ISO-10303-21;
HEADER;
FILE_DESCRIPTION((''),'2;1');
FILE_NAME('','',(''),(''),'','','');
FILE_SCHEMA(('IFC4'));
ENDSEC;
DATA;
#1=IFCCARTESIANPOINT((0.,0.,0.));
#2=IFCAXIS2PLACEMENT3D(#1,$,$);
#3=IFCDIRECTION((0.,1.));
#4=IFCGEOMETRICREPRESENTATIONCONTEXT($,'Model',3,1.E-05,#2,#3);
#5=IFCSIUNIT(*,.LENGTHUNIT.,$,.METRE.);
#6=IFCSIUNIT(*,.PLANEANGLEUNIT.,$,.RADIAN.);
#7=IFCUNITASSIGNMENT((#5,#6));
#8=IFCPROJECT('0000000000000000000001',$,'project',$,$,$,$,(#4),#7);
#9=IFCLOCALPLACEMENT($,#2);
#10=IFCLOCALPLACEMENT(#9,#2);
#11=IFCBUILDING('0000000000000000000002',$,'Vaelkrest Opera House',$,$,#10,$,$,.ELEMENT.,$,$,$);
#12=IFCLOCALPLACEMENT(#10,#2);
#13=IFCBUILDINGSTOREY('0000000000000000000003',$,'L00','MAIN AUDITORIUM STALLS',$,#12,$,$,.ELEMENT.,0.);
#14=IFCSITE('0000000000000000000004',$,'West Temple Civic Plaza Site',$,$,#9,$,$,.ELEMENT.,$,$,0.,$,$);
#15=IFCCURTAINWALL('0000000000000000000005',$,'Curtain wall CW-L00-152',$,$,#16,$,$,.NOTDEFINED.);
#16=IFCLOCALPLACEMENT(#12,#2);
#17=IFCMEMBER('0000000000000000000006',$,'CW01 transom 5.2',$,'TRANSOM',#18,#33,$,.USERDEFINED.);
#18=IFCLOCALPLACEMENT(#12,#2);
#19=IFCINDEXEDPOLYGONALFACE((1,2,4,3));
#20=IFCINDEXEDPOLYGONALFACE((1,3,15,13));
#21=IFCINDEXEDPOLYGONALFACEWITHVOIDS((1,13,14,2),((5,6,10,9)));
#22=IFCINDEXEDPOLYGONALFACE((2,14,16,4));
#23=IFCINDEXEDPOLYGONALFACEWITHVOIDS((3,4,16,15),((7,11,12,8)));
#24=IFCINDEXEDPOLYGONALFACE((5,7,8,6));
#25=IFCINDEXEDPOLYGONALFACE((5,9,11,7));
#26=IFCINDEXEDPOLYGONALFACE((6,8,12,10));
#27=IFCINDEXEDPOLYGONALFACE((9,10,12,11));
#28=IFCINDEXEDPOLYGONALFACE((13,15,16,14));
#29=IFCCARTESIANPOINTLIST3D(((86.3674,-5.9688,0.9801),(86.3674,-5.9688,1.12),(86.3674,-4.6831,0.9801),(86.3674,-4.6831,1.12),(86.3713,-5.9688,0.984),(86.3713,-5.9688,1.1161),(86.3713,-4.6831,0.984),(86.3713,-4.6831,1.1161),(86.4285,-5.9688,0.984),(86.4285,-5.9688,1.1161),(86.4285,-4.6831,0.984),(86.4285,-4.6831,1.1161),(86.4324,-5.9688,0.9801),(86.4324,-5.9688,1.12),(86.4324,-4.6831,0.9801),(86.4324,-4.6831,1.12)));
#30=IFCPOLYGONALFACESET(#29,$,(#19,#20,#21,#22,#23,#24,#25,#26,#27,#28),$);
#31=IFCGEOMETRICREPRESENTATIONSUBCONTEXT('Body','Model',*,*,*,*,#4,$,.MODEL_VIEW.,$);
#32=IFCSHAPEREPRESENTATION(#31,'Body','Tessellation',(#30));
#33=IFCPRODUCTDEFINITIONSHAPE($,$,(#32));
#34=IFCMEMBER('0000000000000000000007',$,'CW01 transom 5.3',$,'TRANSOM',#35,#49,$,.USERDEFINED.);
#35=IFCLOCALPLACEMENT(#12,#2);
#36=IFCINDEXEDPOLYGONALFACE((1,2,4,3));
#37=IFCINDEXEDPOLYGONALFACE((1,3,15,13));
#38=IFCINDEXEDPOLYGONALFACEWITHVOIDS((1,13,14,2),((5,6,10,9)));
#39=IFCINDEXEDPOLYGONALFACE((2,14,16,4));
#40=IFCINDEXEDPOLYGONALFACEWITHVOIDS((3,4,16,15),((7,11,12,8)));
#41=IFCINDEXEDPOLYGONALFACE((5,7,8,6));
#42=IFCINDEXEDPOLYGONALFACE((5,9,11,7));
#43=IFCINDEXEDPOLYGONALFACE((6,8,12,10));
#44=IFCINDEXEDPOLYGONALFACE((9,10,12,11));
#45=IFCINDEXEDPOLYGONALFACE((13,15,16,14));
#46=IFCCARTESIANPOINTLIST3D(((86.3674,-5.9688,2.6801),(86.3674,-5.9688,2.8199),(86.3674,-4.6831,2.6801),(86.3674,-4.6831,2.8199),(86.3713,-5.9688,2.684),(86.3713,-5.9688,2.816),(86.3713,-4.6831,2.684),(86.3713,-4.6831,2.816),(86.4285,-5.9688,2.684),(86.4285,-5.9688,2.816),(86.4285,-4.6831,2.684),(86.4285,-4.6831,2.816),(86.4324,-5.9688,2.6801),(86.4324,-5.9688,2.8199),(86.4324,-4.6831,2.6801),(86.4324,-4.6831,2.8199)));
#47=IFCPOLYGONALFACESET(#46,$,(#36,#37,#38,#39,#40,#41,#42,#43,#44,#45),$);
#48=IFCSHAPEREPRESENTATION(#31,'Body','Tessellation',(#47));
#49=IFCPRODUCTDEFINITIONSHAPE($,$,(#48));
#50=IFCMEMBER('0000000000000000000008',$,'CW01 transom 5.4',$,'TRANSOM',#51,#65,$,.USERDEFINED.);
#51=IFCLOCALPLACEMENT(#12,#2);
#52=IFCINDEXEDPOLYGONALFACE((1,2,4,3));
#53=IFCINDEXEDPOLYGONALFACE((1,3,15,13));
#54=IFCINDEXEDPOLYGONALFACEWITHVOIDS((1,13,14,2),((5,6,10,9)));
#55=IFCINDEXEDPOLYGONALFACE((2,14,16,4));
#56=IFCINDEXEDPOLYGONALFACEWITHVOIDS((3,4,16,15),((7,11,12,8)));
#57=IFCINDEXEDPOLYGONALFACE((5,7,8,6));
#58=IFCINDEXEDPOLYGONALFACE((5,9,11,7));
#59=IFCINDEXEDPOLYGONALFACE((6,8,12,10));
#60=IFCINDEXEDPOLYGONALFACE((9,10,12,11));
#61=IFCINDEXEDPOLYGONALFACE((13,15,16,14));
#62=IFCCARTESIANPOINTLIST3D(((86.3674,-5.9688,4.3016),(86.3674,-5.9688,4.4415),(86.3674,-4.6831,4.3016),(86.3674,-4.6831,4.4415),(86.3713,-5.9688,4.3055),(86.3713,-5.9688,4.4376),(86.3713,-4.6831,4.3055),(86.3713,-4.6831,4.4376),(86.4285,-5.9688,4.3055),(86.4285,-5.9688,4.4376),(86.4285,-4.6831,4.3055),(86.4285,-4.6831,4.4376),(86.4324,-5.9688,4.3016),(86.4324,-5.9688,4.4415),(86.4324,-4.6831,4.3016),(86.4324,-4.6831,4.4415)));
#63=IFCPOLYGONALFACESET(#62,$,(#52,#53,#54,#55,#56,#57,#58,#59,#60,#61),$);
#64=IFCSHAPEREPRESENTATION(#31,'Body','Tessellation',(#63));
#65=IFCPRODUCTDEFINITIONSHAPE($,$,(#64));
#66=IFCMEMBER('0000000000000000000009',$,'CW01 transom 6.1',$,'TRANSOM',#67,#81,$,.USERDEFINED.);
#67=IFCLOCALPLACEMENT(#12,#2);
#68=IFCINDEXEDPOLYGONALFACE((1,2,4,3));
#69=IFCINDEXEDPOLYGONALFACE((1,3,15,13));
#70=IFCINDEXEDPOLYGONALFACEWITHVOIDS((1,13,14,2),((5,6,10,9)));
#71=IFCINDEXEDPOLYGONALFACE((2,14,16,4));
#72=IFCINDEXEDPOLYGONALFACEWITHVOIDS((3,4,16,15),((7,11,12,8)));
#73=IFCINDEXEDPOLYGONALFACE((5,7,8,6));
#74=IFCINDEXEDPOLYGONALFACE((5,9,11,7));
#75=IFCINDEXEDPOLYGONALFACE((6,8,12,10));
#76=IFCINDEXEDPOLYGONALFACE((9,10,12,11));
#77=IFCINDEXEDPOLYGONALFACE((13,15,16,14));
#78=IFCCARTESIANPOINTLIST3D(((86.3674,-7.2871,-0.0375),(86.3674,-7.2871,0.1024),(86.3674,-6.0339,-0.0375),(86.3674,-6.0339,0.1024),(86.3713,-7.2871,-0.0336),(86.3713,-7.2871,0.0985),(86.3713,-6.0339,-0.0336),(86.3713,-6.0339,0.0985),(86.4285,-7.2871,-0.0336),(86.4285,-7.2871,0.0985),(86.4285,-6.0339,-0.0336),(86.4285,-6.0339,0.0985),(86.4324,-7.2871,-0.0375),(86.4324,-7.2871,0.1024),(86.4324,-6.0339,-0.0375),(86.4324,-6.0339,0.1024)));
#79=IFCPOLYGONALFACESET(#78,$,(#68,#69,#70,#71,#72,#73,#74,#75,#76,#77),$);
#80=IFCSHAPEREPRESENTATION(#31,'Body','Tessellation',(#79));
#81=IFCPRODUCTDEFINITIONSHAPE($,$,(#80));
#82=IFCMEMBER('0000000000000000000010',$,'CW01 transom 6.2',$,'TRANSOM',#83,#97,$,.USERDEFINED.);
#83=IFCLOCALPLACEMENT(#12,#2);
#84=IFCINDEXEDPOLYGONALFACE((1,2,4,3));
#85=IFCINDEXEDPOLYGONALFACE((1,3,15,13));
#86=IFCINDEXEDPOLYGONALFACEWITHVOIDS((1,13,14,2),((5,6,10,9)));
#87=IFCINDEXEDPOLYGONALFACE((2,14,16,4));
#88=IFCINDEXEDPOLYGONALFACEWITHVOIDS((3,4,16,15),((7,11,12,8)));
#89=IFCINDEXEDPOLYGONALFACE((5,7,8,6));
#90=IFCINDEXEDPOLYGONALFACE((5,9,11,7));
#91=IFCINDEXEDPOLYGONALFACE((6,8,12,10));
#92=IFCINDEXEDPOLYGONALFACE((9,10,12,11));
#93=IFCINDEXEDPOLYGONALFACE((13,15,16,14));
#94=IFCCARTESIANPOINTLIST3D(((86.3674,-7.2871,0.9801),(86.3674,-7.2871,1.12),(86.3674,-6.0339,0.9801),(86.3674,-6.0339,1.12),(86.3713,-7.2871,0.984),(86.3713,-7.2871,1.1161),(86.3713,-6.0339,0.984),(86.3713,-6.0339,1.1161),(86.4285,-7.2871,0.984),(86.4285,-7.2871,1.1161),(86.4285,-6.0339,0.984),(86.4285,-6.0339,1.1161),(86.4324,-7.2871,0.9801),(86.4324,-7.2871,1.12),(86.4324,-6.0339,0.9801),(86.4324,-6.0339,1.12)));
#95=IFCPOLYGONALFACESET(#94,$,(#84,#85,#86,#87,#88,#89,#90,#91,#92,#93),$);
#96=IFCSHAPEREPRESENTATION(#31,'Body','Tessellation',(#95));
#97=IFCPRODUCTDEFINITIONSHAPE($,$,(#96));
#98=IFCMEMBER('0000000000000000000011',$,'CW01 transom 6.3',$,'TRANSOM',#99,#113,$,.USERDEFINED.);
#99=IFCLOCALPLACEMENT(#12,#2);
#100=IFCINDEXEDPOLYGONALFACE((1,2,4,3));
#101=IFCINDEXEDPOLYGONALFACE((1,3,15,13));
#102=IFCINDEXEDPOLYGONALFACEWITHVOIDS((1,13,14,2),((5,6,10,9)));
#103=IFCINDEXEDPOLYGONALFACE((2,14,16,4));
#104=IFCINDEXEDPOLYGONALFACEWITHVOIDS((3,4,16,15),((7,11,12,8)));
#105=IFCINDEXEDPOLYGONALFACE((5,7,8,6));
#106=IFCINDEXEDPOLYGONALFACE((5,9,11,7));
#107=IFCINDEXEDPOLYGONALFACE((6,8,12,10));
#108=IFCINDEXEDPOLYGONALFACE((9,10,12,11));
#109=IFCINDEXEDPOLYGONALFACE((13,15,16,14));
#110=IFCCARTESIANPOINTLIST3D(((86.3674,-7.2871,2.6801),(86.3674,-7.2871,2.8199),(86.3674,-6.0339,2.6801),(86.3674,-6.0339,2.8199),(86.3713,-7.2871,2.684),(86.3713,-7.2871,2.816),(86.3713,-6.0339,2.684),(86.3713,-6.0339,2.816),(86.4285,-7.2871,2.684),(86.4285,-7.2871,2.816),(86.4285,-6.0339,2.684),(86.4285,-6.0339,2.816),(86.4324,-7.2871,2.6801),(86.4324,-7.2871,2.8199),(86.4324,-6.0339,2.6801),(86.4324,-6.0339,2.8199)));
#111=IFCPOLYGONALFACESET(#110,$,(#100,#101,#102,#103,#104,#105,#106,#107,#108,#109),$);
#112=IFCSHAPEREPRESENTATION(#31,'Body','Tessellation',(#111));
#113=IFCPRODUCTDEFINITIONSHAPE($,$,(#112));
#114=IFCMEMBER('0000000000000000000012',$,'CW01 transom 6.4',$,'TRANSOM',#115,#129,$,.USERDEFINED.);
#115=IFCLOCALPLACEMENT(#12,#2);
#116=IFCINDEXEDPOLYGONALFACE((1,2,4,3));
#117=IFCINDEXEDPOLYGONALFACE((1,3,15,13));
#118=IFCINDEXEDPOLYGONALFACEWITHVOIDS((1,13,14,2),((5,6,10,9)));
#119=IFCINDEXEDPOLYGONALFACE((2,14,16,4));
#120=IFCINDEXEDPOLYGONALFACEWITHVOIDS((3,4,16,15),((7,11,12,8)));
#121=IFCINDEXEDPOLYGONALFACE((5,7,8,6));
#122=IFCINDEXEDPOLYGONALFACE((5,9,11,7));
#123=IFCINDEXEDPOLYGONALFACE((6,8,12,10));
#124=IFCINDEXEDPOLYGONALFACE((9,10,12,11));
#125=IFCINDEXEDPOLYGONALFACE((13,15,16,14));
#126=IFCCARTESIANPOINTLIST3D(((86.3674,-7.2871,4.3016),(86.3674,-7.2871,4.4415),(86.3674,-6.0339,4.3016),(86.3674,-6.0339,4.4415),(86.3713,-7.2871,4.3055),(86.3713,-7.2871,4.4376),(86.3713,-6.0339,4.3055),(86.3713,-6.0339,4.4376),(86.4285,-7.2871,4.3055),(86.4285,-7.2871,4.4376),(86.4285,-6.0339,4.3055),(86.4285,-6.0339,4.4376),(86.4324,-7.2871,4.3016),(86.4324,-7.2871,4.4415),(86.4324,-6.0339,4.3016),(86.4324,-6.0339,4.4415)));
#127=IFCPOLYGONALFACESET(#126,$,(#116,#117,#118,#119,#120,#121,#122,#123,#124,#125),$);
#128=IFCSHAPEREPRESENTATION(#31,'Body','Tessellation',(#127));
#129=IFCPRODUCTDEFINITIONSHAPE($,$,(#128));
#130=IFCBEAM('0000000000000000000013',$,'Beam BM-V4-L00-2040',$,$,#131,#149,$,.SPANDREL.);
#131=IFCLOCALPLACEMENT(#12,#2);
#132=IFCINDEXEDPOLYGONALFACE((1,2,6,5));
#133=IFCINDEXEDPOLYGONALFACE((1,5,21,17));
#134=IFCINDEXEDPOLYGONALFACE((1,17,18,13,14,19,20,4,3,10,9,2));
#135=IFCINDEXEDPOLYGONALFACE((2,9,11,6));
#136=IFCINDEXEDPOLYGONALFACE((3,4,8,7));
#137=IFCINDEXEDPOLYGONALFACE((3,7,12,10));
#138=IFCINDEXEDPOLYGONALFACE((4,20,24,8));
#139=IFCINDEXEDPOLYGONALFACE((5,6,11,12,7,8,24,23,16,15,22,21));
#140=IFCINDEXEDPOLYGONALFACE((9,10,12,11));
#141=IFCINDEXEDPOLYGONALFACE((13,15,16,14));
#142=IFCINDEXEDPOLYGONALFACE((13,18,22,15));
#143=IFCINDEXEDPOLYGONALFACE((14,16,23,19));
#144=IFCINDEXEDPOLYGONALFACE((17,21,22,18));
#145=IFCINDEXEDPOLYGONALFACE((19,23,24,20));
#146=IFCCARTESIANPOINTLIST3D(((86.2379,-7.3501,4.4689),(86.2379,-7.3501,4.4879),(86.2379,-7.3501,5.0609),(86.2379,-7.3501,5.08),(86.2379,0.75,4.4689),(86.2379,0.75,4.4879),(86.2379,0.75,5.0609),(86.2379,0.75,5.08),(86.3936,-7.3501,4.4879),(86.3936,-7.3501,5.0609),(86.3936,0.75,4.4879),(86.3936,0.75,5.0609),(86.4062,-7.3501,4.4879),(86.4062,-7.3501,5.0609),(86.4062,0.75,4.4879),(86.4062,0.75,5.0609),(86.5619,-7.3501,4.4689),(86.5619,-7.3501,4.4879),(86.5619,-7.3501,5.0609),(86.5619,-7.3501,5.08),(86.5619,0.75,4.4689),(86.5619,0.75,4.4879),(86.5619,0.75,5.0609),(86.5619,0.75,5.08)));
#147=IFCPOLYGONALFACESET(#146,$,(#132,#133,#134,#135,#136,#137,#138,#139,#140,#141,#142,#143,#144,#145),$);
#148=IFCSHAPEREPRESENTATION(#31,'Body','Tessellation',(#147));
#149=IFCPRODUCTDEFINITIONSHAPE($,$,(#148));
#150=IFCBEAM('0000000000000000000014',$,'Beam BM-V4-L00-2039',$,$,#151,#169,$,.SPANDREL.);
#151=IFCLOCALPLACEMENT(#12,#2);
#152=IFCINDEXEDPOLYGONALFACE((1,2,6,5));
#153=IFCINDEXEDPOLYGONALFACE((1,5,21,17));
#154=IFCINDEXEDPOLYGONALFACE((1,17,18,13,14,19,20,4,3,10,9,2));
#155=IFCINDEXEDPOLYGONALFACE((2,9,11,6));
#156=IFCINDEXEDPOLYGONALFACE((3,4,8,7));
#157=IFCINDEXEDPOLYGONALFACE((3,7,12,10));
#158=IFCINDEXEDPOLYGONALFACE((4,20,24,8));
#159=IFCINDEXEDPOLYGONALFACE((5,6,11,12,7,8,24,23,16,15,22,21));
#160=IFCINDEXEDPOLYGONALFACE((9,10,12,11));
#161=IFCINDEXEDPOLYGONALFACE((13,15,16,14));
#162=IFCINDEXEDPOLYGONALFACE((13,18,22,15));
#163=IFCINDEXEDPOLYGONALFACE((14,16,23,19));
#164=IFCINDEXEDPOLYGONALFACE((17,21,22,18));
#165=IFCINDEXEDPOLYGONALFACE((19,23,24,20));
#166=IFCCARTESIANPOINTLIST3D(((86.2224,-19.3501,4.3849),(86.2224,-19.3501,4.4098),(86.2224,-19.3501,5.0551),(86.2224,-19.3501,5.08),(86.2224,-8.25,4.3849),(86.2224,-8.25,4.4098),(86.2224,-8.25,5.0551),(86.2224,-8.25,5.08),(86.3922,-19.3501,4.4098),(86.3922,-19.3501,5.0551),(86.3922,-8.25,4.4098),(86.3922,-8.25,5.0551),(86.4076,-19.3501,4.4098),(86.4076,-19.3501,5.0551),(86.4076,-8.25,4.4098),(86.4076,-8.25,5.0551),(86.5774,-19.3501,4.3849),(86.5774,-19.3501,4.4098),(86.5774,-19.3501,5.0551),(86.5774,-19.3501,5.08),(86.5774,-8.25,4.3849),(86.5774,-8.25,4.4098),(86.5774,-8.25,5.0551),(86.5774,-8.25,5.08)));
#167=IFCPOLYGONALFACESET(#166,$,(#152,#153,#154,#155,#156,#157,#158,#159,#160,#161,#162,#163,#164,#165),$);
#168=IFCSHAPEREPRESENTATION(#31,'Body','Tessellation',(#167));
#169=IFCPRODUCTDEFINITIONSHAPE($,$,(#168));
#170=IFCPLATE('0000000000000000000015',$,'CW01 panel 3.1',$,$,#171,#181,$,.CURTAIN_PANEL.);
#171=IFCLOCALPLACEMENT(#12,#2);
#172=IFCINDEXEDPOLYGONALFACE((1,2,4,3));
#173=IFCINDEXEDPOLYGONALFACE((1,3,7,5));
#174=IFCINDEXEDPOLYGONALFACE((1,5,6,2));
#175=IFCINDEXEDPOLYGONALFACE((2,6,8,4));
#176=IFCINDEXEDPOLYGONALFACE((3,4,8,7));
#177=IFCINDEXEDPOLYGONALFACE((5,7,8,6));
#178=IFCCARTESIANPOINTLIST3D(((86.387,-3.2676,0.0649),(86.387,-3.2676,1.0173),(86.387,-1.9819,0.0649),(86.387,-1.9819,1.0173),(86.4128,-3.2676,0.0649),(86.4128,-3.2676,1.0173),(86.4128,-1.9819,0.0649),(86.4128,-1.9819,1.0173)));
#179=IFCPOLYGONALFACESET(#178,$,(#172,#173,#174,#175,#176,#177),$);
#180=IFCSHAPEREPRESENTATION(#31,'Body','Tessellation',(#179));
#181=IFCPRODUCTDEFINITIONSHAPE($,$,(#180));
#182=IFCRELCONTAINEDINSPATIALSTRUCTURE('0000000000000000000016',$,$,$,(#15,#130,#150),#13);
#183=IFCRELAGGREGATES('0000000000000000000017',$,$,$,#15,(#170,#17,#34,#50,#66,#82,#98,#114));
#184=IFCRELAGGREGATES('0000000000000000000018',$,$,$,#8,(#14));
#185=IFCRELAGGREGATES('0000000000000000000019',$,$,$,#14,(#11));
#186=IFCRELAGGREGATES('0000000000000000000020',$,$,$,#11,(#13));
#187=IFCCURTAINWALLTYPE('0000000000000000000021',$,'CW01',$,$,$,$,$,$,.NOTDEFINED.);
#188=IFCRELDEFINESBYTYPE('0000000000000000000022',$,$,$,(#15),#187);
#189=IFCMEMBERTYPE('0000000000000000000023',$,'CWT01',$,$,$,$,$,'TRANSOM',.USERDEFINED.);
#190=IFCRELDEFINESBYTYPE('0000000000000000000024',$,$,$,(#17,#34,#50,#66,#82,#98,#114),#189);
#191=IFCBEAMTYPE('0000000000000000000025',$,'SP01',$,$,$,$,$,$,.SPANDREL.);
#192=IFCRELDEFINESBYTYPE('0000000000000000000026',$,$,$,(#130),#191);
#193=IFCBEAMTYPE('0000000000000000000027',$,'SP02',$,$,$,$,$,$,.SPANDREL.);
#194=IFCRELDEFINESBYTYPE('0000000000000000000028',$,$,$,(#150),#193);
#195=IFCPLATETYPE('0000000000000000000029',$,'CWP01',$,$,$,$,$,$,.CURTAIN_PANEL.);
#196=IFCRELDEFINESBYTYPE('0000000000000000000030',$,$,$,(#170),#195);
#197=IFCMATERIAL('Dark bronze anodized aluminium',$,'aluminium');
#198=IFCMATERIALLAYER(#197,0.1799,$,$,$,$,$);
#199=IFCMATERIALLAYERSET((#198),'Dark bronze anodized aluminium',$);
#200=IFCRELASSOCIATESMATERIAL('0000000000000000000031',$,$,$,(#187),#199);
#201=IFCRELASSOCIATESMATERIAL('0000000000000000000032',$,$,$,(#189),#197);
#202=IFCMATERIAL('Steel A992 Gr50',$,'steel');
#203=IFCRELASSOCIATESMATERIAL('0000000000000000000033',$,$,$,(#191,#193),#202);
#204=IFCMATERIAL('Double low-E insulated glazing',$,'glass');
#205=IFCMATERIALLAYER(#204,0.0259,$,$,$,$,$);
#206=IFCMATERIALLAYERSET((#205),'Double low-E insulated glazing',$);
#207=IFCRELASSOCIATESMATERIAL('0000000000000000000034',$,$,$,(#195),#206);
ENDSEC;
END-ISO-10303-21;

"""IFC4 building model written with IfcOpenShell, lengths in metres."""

from ifc_helpers import new_model, si_unit, direction, frame, origin, origin_2d, place, context, subcontext, project, spatial, rectangle, hollow_rectangle, i_section, extrude, material, layer, layer_set, material_profile, profile_set, type_object, element, aggregate, save


model = new_model("IFC4")

# Units and contexts
model_context = context("Model", 3, precision=1e-05, world=origin(), true_north=direction((0.0, 1.0)))
body_context = subcontext(model_context, "Body", "Model", "MODEL_VIEW")
ifc_project = project(units=[si_unit("LENGTHUNIT", "METRE"), si_unit("PLANEANGLEUNIT", "RADIAN")], contexts=[model_context])

# Site, building, storey
site_placement = place(None, origin())
site = spatial("IfcSite", under=ifc_project, at=site_placement, Name="West Temple Civic Plaza Site", CompositionType="ELEMENT", RefElevation=0.0)
building_placement = place(site_placement, origin())
building = spatial("IfcBuilding", under=site, at=building_placement, Name="Vaelkrest Opera House", CompositionType="ELEMENT")
storey_placement = place(building_placement, origin())
storey = spatial("IfcBuildingStorey", under=building, at=storey_placement, Name="L00", Description="MAIN AUDITORIUM STALLS", CompositionType="ELEMENT", Elevation=0.0)

# Curtain wall, members
ifc_material_1 = material(Name="Dark bronze anodized aluminium", Category="aluminium")
ifc_layer_1 = layer(ifc_material_1, 0.1799)
ifc_layer_set_1 = layer_set([ifc_layer_1], Name="Dark bronze anodized aluminium")
curtain_wall_type = type_object("IfcCurtainWallType", Name="CW01", PredefinedType="NOTDEFINED", material=ifc_layer_set_1)
curtain_wall_placement = place(storey_placement, origin())
curtain_wall = element("IfcCurtainWall", 1, at=curtain_wall_placement, inside=storey, type_object=curtain_wall_type, Name="Curtain wall CW-L00-152", PredefinedType="NOTDEFINED")
ifc_material_profile_1 = material_profile(ifc_material_1, hollow_rectangle(XDim=0.0649, YDim=0.1399, WallThickness=0.0039, at=origin_2d()), Name="CWT65X140")
ifc_profile_set_1 = profile_set([ifc_material_profile_1], Name="Dark bronze anodized aluminium")
member_type_1 = type_object("IfcMemberType", Name="CWT01", ElementType="TRANSOM", PredefinedType="USERDEFINED", material=ifc_profile_set_1)
member_1_placement = place(storey_placement, frame((86.3999, -4.6831, 1.05), z_axis=(0.0, -1.0, 0.0), x_axis=(1.0, 0.0, 0.0)))
member_1 = element("IfcMember", 2, at=member_1_placement, type_object=member_type_1, Name="CW01 transom 5.2", ObjectType="TRANSOM", PredefinedType="USERDEFINED", context=body_context, shape_type="SweptSolid", body=[
    extrude(hollow_rectangle(XDim=0.0649, YDim=0.1399, WallThickness=0.0039, at=origin_2d()), origin(), (0.0, 0.0, 1.0), 1.2856),
])
member_2_placement = place(storey_placement, frame((86.3999, -4.6831, 2.75), z_axis=(0.0, -1.0, 0.0), x_axis=(1.0, 0.0, 0.0)))
member_2 = element("IfcMember", 3, at=member_2_placement, type_object=member_type_1, Name="CW01 transom 5.3", ObjectType="TRANSOM", PredefinedType="USERDEFINED", context=body_context, shape_type="SweptSolid", body=[
    extrude(hollow_rectangle(XDim=0.0649, YDim=0.1399, WallThickness=0.0039, at=origin_2d()), origin(), (0.0, 0.0, 1.0), 1.2856),
])
member_3_placement = place(storey_placement, frame((86.3999, -4.6831, 4.3716), z_axis=(0.0, -1.0, 0.0), x_axis=(1.0, 0.0, 0.0)))
member_3 = element("IfcMember", 4, at=member_3_placement, type_object=member_type_1, Name="CW01 transom 5.4", ObjectType="TRANSOM", PredefinedType="USERDEFINED", context=body_context, shape_type="SweptSolid", body=[
    extrude(hollow_rectangle(XDim=0.0649, YDim=0.1399, WallThickness=0.0039, at=origin_2d()), origin(), (0.0, 0.0, 1.0), 1.2856),
])
member_4_placement = place(storey_placement, frame((86.3999, -6.0339, 0.0325), z_axis=(0.0, -1.0, 0.0), x_axis=(1.0, 0.0, 0.0)))
member_4 = element("IfcMember", 5, at=member_4_placement, type_object=member_type_1, Name="CW01 transom 6.1", ObjectType="TRANSOM", PredefinedType="USERDEFINED", context=body_context, shape_type="SweptSolid", body=[
    extrude(hollow_rectangle(XDim=0.0649, YDim=0.1399, WallThickness=0.0039, at=origin_2d()), origin(), (0.0, 0.0, 1.0), 1.2532),
])
member_5_placement = place(storey_placement, frame((86.3999, -6.0339, 1.05), z_axis=(0.0, -1.0, 0.0), x_axis=(1.0, 0.0, 0.0)))
member_5 = element("IfcMember", 6, at=member_5_placement, type_object=member_type_1, Name="CW01 transom 6.2", ObjectType="TRANSOM", PredefinedType="USERDEFINED", context=body_context, shape_type="SweptSolid", body=[
    extrude(hollow_rectangle(XDim=0.0649, YDim=0.1399, WallThickness=0.0039, at=origin_2d()), origin(), (0.0, 0.0, 1.0), 1.2532),
])
member_6_placement = place(storey_placement, frame((86.3999, -6.0339, 2.75), z_axis=(0.0, -1.0, 0.0), x_axis=(1.0, 0.0, 0.0)))
member_6 = element("IfcMember", 7, at=member_6_placement, type_object=member_type_1, Name="CW01 transom 6.3", ObjectType="TRANSOM", PredefinedType="USERDEFINED", context=body_context, shape_type="SweptSolid", body=[
    extrude(hollow_rectangle(XDim=0.0649, YDim=0.1399, WallThickness=0.0039, at=origin_2d()), origin(), (0.0, 0.0, 1.0), 1.2532),
])
member_7_placement = place(storey_placement, frame((86.3999, -6.0339, 4.3716), z_axis=(0.0, -1.0, 0.0), x_axis=(1.0, 0.0, 0.0)))
member_7 = element("IfcMember", 8, at=member_7_placement, type_object=member_type_1, Name="CW01 transom 6.4", ObjectType="TRANSOM", PredefinedType="USERDEFINED", context=body_context, shape_type="SweptSolid", body=[
    extrude(hollow_rectangle(XDim=0.0649, YDim=0.1399, WallThickness=0.0039, at=origin_2d()), origin(), (0.0, 0.0, 1.0), 1.2532),
])

# Beams
ifc_material_2 = material(Name="Steel A992 Gr50", Category="steel")
ifc_material_profile_2 = material_profile(ifc_material_2, i_section(OverallWidth=0.324, OverallDepth=0.6111, WebThickness=0.0127, FlangeThickness=0.019, at=origin_2d()), Name="W24X104")
ifc_profile_set_2 = profile_set([ifc_material_profile_2], Name="Steel A992 Gr50")
beam_type_1 = type_object("IfcBeamType", Name="SP01", PredefinedType="SPANDREL", material=ifc_profile_set_2)
beam_1_placement = place(storey_placement, frame((86.3999, -7.3501, 4.7744), z_axis=(0.0, 1.0, 0.0), x_axis=(-1.0, 0.0, 0.0)))
element("IfcBeam", 9, at=beam_1_placement, inside=storey, type_object=beam_type_1, Name="Beam BM-V4-L00-2040", PredefinedType="SPANDREL", context=body_context, shape_type="SweptSolid", body=[
    extrude(i_section(OverallWidth=0.324, OverallDepth=0.6111, WebThickness=0.0127, FlangeThickness=0.019, at=origin_2d()), origin(), (0.0, 0.0, 1.0), 8.1001),
])
ifc_material_profile_3 = material_profile(ifc_material_2, i_section(OverallWidth=0.355, OverallDepth=0.6951, WebThickness=0.0154, FlangeThickness=0.0249, at=origin_2d()), Name="W27X146")
ifc_profile_set_3 = profile_set([ifc_material_profile_3], Name="Steel A992 Gr50")
beam_type_2 = type_object("IfcBeamType", Name="SP02", PredefinedType="SPANDREL", material=ifc_profile_set_3)
beam_2_placement = place(storey_placement, frame((86.3999, -19.3501, 4.7324), z_axis=(0.0, 1.0, 0.0), x_axis=(-1.0, 0.0, 0.0)))
element("IfcBeam", 10, at=beam_2_placement, inside=storey, type_object=beam_type_2, Name="Beam BM-V4-L00-2039", PredefinedType="SPANDREL", context=body_context, shape_type="SweptSolid", body=[
    extrude(i_section(OverallWidth=0.355, OverallDepth=0.6951, WebThickness=0.0154, FlangeThickness=0.0249, at=origin_2d()), origin(), (0.0, 0.0, 1.0), 11.1001),
])

# Plate
ifc_material_3 = material(Name="Double low-E insulated glazing", Category="glass")
ifc_layer_2 = layer(ifc_material_3, 0.0259)
ifc_layer_set_2 = layer_set([ifc_layer_2], Name="Double low-E insulated glazing")
plate_type = type_object("IfcPlateType", Name="CWP01", PredefinedType="CURTAIN_PANEL", material=ifc_layer_set_2)
plate_1_placement = place(storey_placement, frame((86.3999, -2.6248, 0.0649), z_axis=(0.0, 0.0, 1.0), x_axis=(0.0, -1.0, 0.0)))
plate_1 = element("IfcPlate", 11, at=plate_1_placement, type_object=plate_type, Name="CW01 panel 3.1", PredefinedType="CURTAIN_PANEL", context=body_context, shape_type="SweptSolid", body=[
    extrude(rectangle(XDim=1.2856, YDim=0.0259, at=origin_2d()), origin(), (0.0, 0.0, 1.0), 0.9524),
])
aggregate(curtain_wall, [plate_1, member_1, member_2, member_3, member_4, member_5, member_6, member_7])

save(model, "model.ifc")
